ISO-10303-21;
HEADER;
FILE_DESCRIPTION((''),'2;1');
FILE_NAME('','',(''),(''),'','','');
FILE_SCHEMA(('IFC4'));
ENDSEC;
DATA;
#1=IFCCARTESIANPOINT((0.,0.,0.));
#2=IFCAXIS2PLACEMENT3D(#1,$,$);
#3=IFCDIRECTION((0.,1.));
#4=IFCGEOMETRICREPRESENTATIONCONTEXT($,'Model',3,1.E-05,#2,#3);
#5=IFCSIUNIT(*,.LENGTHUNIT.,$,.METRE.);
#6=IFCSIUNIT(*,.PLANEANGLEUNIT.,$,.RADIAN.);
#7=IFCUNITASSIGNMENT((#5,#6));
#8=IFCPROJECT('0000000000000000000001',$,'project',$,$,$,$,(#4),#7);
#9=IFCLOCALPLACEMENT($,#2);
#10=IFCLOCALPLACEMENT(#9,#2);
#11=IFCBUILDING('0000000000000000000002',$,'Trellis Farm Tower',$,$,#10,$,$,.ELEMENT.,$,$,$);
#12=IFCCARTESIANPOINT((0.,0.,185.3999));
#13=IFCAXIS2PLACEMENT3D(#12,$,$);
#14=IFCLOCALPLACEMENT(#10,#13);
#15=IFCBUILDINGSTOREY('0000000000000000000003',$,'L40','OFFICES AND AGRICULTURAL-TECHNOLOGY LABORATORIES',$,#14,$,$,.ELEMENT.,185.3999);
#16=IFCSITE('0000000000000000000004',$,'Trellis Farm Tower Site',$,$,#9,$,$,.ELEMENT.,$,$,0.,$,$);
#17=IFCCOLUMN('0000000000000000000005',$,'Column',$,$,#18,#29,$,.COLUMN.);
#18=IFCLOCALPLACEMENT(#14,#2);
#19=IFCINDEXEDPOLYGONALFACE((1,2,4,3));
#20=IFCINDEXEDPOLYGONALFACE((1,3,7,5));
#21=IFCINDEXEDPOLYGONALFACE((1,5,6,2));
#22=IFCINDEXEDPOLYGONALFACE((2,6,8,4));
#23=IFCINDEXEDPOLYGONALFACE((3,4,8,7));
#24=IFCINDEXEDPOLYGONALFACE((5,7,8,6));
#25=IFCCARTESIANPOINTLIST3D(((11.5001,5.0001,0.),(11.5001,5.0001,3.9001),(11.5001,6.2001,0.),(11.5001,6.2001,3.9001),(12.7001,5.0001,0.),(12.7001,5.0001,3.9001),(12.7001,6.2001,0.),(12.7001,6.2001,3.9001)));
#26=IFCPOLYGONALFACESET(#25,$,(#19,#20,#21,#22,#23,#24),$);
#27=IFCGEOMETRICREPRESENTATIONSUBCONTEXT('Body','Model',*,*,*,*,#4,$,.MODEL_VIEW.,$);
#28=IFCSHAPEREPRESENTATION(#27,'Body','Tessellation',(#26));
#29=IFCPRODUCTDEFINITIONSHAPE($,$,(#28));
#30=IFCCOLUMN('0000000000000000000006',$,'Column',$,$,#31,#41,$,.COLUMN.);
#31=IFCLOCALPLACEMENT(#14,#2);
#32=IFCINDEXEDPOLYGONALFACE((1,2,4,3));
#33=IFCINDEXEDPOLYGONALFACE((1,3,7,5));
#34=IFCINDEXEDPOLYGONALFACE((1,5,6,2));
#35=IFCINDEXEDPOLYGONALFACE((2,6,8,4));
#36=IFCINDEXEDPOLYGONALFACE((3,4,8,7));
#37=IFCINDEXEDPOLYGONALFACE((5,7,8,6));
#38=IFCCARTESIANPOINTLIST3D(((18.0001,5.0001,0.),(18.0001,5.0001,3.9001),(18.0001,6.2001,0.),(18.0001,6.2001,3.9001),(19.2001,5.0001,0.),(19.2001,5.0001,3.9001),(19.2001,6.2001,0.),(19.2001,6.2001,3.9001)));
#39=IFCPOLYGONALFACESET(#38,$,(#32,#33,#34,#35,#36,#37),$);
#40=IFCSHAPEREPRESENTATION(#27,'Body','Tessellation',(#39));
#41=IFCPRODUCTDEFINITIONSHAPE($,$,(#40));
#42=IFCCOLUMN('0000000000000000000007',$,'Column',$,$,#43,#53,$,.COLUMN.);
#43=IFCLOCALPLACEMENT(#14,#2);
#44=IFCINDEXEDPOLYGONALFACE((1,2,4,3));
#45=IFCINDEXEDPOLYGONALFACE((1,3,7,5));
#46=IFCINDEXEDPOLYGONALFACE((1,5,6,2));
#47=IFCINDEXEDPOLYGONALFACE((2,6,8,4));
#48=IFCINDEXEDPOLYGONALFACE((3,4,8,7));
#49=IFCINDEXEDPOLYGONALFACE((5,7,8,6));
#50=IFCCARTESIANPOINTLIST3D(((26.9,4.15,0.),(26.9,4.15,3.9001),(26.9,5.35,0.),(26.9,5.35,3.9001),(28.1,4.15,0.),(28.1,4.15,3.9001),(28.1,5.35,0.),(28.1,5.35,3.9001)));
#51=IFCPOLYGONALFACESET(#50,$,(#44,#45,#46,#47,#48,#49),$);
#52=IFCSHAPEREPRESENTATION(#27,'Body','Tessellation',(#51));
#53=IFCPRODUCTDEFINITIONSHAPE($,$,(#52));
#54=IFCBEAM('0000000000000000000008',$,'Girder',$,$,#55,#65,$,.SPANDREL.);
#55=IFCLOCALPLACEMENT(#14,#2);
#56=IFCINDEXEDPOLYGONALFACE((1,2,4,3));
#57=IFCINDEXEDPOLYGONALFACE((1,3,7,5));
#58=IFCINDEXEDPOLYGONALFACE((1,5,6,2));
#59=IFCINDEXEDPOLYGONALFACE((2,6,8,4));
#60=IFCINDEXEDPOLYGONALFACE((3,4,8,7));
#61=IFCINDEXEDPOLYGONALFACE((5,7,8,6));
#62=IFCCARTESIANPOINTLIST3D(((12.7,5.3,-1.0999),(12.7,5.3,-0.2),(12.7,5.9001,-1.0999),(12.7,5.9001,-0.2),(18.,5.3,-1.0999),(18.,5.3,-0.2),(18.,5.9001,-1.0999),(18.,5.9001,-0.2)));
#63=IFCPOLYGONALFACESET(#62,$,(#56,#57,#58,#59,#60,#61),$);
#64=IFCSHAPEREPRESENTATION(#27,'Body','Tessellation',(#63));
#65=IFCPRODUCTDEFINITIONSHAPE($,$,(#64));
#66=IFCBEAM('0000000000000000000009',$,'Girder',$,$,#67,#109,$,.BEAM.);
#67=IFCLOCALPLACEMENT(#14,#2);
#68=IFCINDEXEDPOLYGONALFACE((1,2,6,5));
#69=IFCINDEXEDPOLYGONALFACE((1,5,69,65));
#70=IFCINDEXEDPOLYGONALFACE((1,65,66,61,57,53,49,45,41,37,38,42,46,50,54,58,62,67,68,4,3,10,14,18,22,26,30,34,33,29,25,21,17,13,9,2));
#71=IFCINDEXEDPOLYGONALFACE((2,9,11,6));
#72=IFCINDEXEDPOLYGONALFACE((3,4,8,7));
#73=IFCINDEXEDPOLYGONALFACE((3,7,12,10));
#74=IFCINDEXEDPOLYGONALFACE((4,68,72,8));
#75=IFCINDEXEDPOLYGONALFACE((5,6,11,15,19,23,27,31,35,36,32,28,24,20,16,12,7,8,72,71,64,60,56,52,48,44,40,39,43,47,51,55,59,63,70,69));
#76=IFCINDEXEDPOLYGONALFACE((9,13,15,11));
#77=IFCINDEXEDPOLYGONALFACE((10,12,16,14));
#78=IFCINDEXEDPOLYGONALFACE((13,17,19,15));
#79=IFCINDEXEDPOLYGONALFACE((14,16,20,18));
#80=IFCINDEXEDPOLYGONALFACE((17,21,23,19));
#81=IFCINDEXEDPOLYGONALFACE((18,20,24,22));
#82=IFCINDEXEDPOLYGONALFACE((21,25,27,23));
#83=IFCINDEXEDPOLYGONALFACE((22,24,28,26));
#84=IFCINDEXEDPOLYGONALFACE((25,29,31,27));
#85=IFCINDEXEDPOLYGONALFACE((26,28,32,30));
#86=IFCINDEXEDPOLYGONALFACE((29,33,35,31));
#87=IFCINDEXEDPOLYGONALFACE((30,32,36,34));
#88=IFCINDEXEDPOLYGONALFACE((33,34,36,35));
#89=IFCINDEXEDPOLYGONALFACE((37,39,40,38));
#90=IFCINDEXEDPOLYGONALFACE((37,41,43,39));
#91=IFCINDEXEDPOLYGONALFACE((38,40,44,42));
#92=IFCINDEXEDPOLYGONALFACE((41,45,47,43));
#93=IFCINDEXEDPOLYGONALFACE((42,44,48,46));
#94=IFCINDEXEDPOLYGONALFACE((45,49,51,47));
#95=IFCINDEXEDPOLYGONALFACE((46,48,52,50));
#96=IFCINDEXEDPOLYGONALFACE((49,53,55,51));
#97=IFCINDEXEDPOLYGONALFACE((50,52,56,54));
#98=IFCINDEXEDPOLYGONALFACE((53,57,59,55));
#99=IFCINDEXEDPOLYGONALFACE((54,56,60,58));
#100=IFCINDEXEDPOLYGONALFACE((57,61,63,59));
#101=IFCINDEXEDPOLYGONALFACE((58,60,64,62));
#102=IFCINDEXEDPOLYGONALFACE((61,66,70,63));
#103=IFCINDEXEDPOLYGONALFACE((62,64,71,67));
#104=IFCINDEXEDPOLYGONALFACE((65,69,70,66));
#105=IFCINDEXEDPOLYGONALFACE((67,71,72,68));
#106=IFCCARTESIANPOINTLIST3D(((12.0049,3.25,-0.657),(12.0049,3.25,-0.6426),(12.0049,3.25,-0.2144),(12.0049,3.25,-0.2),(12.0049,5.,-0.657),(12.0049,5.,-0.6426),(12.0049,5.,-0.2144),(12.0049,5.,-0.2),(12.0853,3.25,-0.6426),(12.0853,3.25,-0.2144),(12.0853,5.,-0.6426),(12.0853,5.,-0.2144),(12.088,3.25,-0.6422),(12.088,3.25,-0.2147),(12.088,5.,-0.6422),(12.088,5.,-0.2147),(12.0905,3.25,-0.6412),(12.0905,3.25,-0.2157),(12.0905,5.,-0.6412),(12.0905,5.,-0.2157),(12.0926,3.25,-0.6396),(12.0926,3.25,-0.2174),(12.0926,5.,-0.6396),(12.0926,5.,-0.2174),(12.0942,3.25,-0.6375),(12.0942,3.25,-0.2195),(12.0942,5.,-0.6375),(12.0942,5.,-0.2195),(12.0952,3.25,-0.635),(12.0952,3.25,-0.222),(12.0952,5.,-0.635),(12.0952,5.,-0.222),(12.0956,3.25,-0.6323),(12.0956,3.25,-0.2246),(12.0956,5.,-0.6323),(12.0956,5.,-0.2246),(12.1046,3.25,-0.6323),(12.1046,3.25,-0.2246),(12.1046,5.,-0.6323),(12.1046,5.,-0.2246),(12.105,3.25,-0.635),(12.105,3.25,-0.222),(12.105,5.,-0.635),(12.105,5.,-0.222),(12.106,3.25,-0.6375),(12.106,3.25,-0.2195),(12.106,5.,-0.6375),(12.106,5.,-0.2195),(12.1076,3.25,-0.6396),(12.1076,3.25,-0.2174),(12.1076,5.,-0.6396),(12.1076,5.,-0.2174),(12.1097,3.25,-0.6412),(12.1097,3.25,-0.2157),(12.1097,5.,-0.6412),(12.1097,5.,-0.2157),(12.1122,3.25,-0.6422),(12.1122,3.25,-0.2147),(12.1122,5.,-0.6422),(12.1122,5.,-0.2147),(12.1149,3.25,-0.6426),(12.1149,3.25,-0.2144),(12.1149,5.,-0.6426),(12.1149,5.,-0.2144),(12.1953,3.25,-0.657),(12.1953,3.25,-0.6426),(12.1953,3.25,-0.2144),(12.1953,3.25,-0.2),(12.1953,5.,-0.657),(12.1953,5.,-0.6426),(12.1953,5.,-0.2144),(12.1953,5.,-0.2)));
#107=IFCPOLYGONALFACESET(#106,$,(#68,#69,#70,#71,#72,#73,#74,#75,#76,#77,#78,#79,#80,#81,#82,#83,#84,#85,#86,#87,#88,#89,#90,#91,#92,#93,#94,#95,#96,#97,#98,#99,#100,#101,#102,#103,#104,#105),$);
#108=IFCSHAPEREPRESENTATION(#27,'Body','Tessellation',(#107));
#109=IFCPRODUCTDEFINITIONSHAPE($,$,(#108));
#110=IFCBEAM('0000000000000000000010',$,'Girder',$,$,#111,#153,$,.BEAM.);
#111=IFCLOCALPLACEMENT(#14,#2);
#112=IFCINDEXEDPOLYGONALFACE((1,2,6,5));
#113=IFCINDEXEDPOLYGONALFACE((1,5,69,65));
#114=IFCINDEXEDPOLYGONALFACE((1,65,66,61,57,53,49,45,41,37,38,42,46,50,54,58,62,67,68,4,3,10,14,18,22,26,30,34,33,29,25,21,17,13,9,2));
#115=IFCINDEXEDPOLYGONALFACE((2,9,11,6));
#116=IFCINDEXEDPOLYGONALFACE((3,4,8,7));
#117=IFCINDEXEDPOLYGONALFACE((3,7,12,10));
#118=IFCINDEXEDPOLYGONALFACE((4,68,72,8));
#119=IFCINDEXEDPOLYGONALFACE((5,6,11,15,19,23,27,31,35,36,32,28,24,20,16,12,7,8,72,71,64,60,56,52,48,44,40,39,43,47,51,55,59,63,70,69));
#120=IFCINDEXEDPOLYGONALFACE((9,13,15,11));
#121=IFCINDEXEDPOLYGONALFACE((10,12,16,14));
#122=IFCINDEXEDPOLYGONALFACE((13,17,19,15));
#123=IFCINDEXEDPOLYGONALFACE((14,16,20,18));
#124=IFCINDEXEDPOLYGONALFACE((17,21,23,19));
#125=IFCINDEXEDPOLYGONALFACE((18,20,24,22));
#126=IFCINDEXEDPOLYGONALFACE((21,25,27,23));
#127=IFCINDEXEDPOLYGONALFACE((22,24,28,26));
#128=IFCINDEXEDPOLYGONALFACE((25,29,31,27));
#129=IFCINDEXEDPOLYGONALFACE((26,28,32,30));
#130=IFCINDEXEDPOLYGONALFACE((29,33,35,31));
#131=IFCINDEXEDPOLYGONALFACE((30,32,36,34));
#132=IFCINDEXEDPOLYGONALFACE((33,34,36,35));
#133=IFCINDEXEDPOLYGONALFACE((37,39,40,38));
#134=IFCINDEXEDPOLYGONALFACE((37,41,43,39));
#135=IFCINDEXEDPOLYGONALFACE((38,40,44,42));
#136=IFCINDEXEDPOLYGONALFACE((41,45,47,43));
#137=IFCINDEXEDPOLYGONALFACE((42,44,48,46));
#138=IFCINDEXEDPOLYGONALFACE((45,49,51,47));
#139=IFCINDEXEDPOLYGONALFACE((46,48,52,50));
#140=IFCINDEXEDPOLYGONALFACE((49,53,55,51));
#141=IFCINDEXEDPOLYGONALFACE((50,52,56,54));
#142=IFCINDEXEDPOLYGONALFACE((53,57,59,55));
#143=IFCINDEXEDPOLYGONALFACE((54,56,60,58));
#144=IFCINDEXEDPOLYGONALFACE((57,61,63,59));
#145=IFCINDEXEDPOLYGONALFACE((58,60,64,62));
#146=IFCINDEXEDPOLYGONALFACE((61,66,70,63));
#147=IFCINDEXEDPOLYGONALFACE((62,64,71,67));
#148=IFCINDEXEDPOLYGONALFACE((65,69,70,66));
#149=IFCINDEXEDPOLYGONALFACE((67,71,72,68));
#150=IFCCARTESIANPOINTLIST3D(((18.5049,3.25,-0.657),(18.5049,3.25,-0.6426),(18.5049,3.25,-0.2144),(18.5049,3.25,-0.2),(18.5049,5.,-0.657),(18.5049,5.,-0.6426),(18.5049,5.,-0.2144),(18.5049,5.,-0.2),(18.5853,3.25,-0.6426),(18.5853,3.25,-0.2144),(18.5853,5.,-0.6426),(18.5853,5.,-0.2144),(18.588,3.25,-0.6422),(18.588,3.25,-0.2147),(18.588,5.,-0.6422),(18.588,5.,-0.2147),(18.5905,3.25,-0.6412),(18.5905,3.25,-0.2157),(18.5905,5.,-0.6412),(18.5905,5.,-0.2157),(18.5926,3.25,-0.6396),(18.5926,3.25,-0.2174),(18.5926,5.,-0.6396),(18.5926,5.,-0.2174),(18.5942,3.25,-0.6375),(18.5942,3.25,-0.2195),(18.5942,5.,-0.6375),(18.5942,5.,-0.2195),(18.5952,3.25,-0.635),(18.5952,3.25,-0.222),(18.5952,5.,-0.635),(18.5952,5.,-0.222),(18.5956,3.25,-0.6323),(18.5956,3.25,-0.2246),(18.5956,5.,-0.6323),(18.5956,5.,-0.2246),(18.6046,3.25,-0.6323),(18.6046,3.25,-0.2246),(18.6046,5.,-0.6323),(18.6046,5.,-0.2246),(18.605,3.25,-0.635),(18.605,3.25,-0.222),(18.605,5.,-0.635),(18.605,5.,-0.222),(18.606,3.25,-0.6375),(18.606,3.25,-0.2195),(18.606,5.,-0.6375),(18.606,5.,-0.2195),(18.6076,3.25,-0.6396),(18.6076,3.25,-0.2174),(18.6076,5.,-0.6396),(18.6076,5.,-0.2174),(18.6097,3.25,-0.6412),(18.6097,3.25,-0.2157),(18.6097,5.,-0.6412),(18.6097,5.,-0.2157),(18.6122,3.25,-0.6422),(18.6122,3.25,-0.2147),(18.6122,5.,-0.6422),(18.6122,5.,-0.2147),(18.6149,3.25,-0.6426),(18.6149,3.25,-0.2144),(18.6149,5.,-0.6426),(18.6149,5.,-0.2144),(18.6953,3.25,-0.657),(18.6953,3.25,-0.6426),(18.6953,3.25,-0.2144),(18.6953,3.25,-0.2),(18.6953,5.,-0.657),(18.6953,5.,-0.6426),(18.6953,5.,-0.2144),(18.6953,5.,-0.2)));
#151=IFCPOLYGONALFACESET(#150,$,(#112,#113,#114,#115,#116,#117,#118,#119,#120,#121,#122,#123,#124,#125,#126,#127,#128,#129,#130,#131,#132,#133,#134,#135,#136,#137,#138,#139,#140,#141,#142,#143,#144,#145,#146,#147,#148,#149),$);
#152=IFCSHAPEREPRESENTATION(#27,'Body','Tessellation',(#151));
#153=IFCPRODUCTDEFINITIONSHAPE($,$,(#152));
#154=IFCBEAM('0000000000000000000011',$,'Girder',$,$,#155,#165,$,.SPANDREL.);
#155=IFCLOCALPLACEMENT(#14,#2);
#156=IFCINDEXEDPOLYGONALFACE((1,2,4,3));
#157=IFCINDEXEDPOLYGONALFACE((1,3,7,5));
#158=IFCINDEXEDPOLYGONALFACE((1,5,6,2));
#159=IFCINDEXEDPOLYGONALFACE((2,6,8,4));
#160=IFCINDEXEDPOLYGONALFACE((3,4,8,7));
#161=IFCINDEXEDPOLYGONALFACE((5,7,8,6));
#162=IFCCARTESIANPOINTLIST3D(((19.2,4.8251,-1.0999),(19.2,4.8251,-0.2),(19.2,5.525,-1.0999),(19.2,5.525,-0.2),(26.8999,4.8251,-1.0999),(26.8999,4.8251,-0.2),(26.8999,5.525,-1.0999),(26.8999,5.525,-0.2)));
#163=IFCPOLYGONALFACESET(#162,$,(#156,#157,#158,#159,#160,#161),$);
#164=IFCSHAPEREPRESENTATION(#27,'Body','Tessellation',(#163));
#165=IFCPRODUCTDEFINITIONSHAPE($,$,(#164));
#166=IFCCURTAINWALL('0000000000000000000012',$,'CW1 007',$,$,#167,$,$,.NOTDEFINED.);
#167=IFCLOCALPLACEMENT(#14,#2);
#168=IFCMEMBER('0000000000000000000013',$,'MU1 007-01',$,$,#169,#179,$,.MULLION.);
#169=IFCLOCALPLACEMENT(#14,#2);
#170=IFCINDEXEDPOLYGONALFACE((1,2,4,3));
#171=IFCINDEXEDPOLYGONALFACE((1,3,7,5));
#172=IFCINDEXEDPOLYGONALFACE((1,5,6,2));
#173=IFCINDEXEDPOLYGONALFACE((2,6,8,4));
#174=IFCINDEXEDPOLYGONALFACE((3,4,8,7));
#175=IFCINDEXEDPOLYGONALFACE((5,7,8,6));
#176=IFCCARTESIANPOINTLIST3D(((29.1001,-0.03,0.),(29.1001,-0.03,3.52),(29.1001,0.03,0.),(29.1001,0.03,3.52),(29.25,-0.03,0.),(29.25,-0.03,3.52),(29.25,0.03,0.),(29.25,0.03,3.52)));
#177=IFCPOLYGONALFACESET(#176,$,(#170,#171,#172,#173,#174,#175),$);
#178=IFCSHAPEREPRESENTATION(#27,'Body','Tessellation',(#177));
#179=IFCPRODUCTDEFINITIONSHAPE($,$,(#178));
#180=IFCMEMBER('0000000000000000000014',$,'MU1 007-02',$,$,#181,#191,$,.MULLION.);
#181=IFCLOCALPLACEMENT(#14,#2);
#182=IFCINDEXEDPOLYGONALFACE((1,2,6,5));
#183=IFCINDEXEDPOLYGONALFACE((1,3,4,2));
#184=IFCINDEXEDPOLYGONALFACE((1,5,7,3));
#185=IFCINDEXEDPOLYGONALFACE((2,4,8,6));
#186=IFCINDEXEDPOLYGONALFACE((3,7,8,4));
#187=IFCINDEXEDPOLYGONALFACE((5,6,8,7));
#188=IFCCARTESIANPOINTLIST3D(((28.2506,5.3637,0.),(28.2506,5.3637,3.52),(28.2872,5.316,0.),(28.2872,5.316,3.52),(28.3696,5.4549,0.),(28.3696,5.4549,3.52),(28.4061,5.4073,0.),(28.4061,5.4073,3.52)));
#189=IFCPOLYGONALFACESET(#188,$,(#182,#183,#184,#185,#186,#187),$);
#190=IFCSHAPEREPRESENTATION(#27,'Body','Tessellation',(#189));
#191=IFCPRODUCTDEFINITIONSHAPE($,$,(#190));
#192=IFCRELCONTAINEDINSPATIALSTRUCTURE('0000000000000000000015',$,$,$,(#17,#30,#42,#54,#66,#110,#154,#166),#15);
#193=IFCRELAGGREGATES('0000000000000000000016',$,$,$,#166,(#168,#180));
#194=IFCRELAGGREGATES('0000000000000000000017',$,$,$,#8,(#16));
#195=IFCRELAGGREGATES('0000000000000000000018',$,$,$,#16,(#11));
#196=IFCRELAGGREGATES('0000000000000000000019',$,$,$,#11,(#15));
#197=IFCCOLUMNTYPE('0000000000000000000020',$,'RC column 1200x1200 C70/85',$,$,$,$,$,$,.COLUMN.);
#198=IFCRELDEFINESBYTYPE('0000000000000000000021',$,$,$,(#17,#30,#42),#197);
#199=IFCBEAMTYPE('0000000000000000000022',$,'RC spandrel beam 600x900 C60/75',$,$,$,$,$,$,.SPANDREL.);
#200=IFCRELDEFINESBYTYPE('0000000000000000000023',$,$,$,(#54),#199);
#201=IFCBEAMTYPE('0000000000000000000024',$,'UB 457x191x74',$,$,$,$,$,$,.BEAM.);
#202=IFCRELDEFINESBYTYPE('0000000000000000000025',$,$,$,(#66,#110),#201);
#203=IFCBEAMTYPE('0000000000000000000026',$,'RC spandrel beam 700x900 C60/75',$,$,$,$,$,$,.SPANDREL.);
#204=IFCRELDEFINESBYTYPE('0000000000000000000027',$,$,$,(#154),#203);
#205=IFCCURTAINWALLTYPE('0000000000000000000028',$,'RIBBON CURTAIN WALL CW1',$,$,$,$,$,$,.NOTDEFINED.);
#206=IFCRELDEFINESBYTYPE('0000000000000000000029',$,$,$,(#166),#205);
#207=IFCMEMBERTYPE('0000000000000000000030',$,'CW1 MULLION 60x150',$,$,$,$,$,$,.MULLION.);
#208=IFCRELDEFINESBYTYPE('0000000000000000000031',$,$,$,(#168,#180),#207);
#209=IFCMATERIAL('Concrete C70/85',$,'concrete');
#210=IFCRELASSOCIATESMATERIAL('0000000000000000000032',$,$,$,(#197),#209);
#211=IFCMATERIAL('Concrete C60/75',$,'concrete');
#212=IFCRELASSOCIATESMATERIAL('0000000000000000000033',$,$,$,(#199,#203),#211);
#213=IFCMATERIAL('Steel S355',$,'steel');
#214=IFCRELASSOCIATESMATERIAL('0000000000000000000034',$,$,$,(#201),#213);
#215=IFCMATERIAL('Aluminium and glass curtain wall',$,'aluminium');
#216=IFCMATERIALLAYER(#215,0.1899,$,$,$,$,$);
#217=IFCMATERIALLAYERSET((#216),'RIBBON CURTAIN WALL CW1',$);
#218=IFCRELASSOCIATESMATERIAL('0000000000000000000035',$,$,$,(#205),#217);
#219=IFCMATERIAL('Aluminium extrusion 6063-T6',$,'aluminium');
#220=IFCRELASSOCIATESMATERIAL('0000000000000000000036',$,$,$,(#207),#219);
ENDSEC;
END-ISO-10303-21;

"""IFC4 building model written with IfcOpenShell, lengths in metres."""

from ifc_helpers import new_model, si_unit, direction, frame, origin, origin_2d, place, context, subcontext, project, spatial, rectangle, i_section, extrude, source, transform, mapped, material, layer, layer_set, material_profile, profile_set, type_object, element, aggregate, save


model = new_model("IFC4")

# Units and contexts
model_context = context("Model", 3, precision=1e-05, world=origin(), true_north=direction((0.0, 1.0)))
body_context = subcontext(model_context, "Body", "Model", "MODEL_VIEW")
ifc_project = project(units=[si_unit("LENGTHUNIT", "METRE"), si_unit("PLANEANGLEUNIT", "RADIAN")], contexts=[model_context])

# Site, building, storey
site_placement = place(None, origin())
site = spatial("IfcSite", under=ifc_project, at=site_placement, Name="Trellis Farm Tower Site", CompositionType="ELEMENT", RefElevation=0.0)
building_placement = place(site_placement, origin())
building = spatial("IfcBuilding", under=site, at=building_placement, Name="Trellis Farm Tower", CompositionType="ELEMENT")
storey_placement = place(building_placement, frame((0.0, 0.0, 185.3999)))
storey = spatial("IfcBuildingStorey", under=building, at=storey_placement, Name="L40", Description="OFFICES AND AGRICULTURAL-TECHNOLOGY LABORATORIES", CompositionType="ELEMENT", Elevation=185.3999)

# Columns
ifc_material_1 = material(Name="Concrete C70/85", Category="concrete")
ifc_material_profile_1 = material_profile(ifc_material_1, rectangle(XDim=1.2, YDim=1.2, at=origin_2d()), Name="RC column 1200x1200 C70/85")
ifc_profile_set_1 = profile_set([ifc_material_profile_1], Name="Concrete C70/85")
column_type = type_object("IfcColumnType", Name="RC column 1200x1200 C70/85", PredefinedType="COLUMN", material=ifc_profile_set_1)
shared_shape_1 = source(origin(), body_context, "Body", "SweptSolid", [
    extrude(rectangle(XDim=1.2, YDim=1.2, at=origin_2d()), origin(), (0.0, 0.0, 1.0), 3.9001),
])
for number, where, z_axis, x_axis, name in (
    (1, (12.1001, 5.6001, 0.0), (0.0, 0.0, 1.0), (1.0, 0.0, 0.0), "Column"),
    (2, (18.6001, 5.6001, 0.0), (0.0, 0.0, 1.0), (1.0, 0.0, 0.0), "Column"),
    (3, (27.5, 4.75, 0.0), (0.0, 0.0, 1.0), (1.0, 0.0, 0.0), "Column"),
):
    element("IfcColumn", number, at=place(storey_placement, frame(where, z_axis=z_axis, x_axis=x_axis)), inside=storey, type_object=column_type, Name=name, PredefinedType="COLUMN", context=body_context, shape_type="MappedRepresentation", body=[
        mapped(shared_shape_1, transform((0.0, 0.0, 0.0))),
    ])

# Beams
ifc_material_2 = material(Name="Concrete C60/75", Category="concrete")
ifc_material_profile_2 = material_profile(ifc_material_2, rectangle(XDim=0.6001, YDim=0.8999, at=origin_2d()), Name="RC spandrel beam 600x900 C60/75")
ifc_profile_set_2 = profile_set([ifc_material_profile_2], Name="Concrete C60/75")
beam_type_1 = type_object("IfcBeamType", Name="RC spandrel beam 600x900 C60/75", PredefinedType="SPANDREL", material=ifc_profile_set_2)
shared_shape_2 = source(origin(), body_context, "Body", "SweptSolid", [
    extrude(rectangle(XDim=0.6001, YDim=0.8999, at=origin_2d()), origin(), (0.0, 0.0, 1.0), 5.3),
])
beam_1_placement = place(storey_placement, frame((12.7, 5.6001, -0.6499), z_axis=(1.0, 0.0, 0.0), x_axis=(0.0, 1.0, 0.0)))
element("IfcBeam", 4, at=beam_1_placement, inside=storey, type_object=beam_type_1, Name="Girder", PredefinedType="SPANDREL", context=body_context, shape_type="MappedRepresentation", body=[
    mapped(shared_shape_2, transform((0.0, 0.0, 0.0))),
])
ifc_material_3 = material(Name="Steel S355", Category="steel")
ifc_material_profile_3 = material_profile(ifc_material_3, i_section(OverallWidth=0.1904, OverallDepth=0.457, WebThickness=0.009, FlangeThickness=0.0144, FilletRadius=0.0103, at=origin_2d()), Name="UB 457x191x74")
ifc_profile_set_3 = profile_set([ifc_material_profile_3], Name="Steel S355")
beam_type_2 = type_object("IfcBeamType", Name="UB 457x191x74", PredefinedType="BEAM", material=ifc_profile_set_3)
shared_shape_3 = source(origin(), body_context, "Body", "SweptSolid", [
    extrude(i_section(OverallWidth=0.1904, OverallDepth=0.457, WebThickness=0.009, FlangeThickness=0.0144, FilletRadius=0.0103, at=origin_2d()), origin(), (0.0, 0.0, 1.0), 1.75),
])
for number, where, z_axis, x_axis, name in (
    (5, (12.1001, 3.25, -0.4285), (0.0, 1.0, 0.0), (-1.0, 0.0, 0.0), "Girder"),
    (6, (18.6001, 3.25, -0.4285), (0.0, 1.0, 0.0), (-1.0, 0.0, 0.0), "Girder"),
):
    element("IfcBeam", number, at=place(storey_placement, frame(where, z_axis=z_axis, x_axis=x_axis)), inside=storey, type_object=beam_type_2, Name=name, PredefinedType="BEAM", context=body_context, shape_type="MappedRepresentation", body=[
        mapped(shared_shape_3, transform((0.0, 0.0, 0.0))),
    ])
ifc_material_profile_4 = material_profile(ifc_material_2, rectangle(XDim=0.7, YDim=0.8999, at=origin_2d()), Name="RC spandrel beam 700x900 C60/75")
ifc_profile_set_4 = profile_set([ifc_material_profile_4], Name="Concrete C60/75")
beam_type_3 = type_object("IfcBeamType", Name="RC spandrel beam 700x900 C60/75", PredefinedType="SPANDREL", material=ifc_profile_set_4)
shared_shape_4 = source(origin(), body_context, "Body", "SweptSolid", [
    extrude(rectangle(XDim=0.7, YDim=0.8999, at=origin_2d()), origin(), (0.0, 0.0, 1.0), 7.7),
])
beam_2_placement = place(storey_placement, frame((19.2, 5.175, -0.6499), z_axis=(1.0, 0.0, 0.0), x_axis=(0.0, 1.0, 0.0)))
element("IfcBeam", 7, at=beam_2_placement, inside=storey, type_object=beam_type_3, Name="Girder", PredefinedType="SPANDREL", context=body_context, shape_type="MappedRepresentation", body=[
    mapped(shared_shape_4, transform((0.0, 0.0, 0.0))),
])

# Curtain wall, members
ifc_material_4 = material(Name="Aluminium and glass curtain wall", Category="aluminium")
ifc_layer_1 = layer(ifc_material_4, 0.1899)
ifc_layer_set_1 = layer_set([ifc_layer_1], Name="RIBBON CURTAIN WALL CW1")
curtain_wall_type = type_object("IfcCurtainWallType", Name="RIBBON CURTAIN WALL CW1", PredefinedType="NOTDEFINED", material=ifc_layer_set_1)
placement = place(storey_placement, origin())
curtain_wall_1 = element("IfcCurtainWall", 8, at=placement, inside=storey, type_object=curtain_wall_type, Name="CW1 007", PredefinedType="NOTDEFINED")
ifc_material_5 = material(Name="Aluminium extrusion 6063-T6", Category="aluminium")
ifc_material_profile_5 = material_profile(ifc_material_5, rectangle(XDim=0.0601, YDim=0.1499, at=origin_2d()), Name="MULLION 60x150")
ifc_profile_set_5 = profile_set([ifc_material_profile_5], Name="Aluminium extrusion 6063-T6")
member_type = type_object("IfcMemberType", Name="CW1 MULLION 60x150", PredefinedType="MULLION", material=ifc_profile_set_5)
shared_shape_5 = source(origin(), body_context, "Body", "SweptSolid", [
    extrude(rectangle(XDim=0.0601, YDim=0.1499, at=origin_2d()), origin(), (0.0, 0.0, 1.0), 3.52),
])
member_1_placement = place(storey_placement, frame((29.175, 0.0, 0.0), z_axis=(0.0, 0.0, 1.0), x_axis=(0.0, 1.0, 0.0)))
member_1 = element("IfcMember", 9, at=member_1_placement, type_object=member_type, Name="MU1 007-01", PredefinedType="MULLION", context=body_context, shape_type="MappedRepresentation", body=[
    mapped(shared_shape_5, transform((0.0, 0.0, 0.0))),
])
member_2_placement = place(storey_placement, frame((28.3284, 5.3855, 0.0), z_axis=(0.0, 0.0, 1.0), x_axis=(-0.608761, 0.793353, 0.0)))
member_2 = element("IfcMember", 10, at=member_2_placement, type_object=member_type, Name="MU1 007-02", PredefinedType="MULLION", context=body_context, shape_type="MappedRepresentation", body=[
    mapped(shared_shape_5, transform((0.0, 0.0, 0.0))),
])
aggregate(curtain_wall_1, [member_1, member_2])

save(model, "model.ifc")
